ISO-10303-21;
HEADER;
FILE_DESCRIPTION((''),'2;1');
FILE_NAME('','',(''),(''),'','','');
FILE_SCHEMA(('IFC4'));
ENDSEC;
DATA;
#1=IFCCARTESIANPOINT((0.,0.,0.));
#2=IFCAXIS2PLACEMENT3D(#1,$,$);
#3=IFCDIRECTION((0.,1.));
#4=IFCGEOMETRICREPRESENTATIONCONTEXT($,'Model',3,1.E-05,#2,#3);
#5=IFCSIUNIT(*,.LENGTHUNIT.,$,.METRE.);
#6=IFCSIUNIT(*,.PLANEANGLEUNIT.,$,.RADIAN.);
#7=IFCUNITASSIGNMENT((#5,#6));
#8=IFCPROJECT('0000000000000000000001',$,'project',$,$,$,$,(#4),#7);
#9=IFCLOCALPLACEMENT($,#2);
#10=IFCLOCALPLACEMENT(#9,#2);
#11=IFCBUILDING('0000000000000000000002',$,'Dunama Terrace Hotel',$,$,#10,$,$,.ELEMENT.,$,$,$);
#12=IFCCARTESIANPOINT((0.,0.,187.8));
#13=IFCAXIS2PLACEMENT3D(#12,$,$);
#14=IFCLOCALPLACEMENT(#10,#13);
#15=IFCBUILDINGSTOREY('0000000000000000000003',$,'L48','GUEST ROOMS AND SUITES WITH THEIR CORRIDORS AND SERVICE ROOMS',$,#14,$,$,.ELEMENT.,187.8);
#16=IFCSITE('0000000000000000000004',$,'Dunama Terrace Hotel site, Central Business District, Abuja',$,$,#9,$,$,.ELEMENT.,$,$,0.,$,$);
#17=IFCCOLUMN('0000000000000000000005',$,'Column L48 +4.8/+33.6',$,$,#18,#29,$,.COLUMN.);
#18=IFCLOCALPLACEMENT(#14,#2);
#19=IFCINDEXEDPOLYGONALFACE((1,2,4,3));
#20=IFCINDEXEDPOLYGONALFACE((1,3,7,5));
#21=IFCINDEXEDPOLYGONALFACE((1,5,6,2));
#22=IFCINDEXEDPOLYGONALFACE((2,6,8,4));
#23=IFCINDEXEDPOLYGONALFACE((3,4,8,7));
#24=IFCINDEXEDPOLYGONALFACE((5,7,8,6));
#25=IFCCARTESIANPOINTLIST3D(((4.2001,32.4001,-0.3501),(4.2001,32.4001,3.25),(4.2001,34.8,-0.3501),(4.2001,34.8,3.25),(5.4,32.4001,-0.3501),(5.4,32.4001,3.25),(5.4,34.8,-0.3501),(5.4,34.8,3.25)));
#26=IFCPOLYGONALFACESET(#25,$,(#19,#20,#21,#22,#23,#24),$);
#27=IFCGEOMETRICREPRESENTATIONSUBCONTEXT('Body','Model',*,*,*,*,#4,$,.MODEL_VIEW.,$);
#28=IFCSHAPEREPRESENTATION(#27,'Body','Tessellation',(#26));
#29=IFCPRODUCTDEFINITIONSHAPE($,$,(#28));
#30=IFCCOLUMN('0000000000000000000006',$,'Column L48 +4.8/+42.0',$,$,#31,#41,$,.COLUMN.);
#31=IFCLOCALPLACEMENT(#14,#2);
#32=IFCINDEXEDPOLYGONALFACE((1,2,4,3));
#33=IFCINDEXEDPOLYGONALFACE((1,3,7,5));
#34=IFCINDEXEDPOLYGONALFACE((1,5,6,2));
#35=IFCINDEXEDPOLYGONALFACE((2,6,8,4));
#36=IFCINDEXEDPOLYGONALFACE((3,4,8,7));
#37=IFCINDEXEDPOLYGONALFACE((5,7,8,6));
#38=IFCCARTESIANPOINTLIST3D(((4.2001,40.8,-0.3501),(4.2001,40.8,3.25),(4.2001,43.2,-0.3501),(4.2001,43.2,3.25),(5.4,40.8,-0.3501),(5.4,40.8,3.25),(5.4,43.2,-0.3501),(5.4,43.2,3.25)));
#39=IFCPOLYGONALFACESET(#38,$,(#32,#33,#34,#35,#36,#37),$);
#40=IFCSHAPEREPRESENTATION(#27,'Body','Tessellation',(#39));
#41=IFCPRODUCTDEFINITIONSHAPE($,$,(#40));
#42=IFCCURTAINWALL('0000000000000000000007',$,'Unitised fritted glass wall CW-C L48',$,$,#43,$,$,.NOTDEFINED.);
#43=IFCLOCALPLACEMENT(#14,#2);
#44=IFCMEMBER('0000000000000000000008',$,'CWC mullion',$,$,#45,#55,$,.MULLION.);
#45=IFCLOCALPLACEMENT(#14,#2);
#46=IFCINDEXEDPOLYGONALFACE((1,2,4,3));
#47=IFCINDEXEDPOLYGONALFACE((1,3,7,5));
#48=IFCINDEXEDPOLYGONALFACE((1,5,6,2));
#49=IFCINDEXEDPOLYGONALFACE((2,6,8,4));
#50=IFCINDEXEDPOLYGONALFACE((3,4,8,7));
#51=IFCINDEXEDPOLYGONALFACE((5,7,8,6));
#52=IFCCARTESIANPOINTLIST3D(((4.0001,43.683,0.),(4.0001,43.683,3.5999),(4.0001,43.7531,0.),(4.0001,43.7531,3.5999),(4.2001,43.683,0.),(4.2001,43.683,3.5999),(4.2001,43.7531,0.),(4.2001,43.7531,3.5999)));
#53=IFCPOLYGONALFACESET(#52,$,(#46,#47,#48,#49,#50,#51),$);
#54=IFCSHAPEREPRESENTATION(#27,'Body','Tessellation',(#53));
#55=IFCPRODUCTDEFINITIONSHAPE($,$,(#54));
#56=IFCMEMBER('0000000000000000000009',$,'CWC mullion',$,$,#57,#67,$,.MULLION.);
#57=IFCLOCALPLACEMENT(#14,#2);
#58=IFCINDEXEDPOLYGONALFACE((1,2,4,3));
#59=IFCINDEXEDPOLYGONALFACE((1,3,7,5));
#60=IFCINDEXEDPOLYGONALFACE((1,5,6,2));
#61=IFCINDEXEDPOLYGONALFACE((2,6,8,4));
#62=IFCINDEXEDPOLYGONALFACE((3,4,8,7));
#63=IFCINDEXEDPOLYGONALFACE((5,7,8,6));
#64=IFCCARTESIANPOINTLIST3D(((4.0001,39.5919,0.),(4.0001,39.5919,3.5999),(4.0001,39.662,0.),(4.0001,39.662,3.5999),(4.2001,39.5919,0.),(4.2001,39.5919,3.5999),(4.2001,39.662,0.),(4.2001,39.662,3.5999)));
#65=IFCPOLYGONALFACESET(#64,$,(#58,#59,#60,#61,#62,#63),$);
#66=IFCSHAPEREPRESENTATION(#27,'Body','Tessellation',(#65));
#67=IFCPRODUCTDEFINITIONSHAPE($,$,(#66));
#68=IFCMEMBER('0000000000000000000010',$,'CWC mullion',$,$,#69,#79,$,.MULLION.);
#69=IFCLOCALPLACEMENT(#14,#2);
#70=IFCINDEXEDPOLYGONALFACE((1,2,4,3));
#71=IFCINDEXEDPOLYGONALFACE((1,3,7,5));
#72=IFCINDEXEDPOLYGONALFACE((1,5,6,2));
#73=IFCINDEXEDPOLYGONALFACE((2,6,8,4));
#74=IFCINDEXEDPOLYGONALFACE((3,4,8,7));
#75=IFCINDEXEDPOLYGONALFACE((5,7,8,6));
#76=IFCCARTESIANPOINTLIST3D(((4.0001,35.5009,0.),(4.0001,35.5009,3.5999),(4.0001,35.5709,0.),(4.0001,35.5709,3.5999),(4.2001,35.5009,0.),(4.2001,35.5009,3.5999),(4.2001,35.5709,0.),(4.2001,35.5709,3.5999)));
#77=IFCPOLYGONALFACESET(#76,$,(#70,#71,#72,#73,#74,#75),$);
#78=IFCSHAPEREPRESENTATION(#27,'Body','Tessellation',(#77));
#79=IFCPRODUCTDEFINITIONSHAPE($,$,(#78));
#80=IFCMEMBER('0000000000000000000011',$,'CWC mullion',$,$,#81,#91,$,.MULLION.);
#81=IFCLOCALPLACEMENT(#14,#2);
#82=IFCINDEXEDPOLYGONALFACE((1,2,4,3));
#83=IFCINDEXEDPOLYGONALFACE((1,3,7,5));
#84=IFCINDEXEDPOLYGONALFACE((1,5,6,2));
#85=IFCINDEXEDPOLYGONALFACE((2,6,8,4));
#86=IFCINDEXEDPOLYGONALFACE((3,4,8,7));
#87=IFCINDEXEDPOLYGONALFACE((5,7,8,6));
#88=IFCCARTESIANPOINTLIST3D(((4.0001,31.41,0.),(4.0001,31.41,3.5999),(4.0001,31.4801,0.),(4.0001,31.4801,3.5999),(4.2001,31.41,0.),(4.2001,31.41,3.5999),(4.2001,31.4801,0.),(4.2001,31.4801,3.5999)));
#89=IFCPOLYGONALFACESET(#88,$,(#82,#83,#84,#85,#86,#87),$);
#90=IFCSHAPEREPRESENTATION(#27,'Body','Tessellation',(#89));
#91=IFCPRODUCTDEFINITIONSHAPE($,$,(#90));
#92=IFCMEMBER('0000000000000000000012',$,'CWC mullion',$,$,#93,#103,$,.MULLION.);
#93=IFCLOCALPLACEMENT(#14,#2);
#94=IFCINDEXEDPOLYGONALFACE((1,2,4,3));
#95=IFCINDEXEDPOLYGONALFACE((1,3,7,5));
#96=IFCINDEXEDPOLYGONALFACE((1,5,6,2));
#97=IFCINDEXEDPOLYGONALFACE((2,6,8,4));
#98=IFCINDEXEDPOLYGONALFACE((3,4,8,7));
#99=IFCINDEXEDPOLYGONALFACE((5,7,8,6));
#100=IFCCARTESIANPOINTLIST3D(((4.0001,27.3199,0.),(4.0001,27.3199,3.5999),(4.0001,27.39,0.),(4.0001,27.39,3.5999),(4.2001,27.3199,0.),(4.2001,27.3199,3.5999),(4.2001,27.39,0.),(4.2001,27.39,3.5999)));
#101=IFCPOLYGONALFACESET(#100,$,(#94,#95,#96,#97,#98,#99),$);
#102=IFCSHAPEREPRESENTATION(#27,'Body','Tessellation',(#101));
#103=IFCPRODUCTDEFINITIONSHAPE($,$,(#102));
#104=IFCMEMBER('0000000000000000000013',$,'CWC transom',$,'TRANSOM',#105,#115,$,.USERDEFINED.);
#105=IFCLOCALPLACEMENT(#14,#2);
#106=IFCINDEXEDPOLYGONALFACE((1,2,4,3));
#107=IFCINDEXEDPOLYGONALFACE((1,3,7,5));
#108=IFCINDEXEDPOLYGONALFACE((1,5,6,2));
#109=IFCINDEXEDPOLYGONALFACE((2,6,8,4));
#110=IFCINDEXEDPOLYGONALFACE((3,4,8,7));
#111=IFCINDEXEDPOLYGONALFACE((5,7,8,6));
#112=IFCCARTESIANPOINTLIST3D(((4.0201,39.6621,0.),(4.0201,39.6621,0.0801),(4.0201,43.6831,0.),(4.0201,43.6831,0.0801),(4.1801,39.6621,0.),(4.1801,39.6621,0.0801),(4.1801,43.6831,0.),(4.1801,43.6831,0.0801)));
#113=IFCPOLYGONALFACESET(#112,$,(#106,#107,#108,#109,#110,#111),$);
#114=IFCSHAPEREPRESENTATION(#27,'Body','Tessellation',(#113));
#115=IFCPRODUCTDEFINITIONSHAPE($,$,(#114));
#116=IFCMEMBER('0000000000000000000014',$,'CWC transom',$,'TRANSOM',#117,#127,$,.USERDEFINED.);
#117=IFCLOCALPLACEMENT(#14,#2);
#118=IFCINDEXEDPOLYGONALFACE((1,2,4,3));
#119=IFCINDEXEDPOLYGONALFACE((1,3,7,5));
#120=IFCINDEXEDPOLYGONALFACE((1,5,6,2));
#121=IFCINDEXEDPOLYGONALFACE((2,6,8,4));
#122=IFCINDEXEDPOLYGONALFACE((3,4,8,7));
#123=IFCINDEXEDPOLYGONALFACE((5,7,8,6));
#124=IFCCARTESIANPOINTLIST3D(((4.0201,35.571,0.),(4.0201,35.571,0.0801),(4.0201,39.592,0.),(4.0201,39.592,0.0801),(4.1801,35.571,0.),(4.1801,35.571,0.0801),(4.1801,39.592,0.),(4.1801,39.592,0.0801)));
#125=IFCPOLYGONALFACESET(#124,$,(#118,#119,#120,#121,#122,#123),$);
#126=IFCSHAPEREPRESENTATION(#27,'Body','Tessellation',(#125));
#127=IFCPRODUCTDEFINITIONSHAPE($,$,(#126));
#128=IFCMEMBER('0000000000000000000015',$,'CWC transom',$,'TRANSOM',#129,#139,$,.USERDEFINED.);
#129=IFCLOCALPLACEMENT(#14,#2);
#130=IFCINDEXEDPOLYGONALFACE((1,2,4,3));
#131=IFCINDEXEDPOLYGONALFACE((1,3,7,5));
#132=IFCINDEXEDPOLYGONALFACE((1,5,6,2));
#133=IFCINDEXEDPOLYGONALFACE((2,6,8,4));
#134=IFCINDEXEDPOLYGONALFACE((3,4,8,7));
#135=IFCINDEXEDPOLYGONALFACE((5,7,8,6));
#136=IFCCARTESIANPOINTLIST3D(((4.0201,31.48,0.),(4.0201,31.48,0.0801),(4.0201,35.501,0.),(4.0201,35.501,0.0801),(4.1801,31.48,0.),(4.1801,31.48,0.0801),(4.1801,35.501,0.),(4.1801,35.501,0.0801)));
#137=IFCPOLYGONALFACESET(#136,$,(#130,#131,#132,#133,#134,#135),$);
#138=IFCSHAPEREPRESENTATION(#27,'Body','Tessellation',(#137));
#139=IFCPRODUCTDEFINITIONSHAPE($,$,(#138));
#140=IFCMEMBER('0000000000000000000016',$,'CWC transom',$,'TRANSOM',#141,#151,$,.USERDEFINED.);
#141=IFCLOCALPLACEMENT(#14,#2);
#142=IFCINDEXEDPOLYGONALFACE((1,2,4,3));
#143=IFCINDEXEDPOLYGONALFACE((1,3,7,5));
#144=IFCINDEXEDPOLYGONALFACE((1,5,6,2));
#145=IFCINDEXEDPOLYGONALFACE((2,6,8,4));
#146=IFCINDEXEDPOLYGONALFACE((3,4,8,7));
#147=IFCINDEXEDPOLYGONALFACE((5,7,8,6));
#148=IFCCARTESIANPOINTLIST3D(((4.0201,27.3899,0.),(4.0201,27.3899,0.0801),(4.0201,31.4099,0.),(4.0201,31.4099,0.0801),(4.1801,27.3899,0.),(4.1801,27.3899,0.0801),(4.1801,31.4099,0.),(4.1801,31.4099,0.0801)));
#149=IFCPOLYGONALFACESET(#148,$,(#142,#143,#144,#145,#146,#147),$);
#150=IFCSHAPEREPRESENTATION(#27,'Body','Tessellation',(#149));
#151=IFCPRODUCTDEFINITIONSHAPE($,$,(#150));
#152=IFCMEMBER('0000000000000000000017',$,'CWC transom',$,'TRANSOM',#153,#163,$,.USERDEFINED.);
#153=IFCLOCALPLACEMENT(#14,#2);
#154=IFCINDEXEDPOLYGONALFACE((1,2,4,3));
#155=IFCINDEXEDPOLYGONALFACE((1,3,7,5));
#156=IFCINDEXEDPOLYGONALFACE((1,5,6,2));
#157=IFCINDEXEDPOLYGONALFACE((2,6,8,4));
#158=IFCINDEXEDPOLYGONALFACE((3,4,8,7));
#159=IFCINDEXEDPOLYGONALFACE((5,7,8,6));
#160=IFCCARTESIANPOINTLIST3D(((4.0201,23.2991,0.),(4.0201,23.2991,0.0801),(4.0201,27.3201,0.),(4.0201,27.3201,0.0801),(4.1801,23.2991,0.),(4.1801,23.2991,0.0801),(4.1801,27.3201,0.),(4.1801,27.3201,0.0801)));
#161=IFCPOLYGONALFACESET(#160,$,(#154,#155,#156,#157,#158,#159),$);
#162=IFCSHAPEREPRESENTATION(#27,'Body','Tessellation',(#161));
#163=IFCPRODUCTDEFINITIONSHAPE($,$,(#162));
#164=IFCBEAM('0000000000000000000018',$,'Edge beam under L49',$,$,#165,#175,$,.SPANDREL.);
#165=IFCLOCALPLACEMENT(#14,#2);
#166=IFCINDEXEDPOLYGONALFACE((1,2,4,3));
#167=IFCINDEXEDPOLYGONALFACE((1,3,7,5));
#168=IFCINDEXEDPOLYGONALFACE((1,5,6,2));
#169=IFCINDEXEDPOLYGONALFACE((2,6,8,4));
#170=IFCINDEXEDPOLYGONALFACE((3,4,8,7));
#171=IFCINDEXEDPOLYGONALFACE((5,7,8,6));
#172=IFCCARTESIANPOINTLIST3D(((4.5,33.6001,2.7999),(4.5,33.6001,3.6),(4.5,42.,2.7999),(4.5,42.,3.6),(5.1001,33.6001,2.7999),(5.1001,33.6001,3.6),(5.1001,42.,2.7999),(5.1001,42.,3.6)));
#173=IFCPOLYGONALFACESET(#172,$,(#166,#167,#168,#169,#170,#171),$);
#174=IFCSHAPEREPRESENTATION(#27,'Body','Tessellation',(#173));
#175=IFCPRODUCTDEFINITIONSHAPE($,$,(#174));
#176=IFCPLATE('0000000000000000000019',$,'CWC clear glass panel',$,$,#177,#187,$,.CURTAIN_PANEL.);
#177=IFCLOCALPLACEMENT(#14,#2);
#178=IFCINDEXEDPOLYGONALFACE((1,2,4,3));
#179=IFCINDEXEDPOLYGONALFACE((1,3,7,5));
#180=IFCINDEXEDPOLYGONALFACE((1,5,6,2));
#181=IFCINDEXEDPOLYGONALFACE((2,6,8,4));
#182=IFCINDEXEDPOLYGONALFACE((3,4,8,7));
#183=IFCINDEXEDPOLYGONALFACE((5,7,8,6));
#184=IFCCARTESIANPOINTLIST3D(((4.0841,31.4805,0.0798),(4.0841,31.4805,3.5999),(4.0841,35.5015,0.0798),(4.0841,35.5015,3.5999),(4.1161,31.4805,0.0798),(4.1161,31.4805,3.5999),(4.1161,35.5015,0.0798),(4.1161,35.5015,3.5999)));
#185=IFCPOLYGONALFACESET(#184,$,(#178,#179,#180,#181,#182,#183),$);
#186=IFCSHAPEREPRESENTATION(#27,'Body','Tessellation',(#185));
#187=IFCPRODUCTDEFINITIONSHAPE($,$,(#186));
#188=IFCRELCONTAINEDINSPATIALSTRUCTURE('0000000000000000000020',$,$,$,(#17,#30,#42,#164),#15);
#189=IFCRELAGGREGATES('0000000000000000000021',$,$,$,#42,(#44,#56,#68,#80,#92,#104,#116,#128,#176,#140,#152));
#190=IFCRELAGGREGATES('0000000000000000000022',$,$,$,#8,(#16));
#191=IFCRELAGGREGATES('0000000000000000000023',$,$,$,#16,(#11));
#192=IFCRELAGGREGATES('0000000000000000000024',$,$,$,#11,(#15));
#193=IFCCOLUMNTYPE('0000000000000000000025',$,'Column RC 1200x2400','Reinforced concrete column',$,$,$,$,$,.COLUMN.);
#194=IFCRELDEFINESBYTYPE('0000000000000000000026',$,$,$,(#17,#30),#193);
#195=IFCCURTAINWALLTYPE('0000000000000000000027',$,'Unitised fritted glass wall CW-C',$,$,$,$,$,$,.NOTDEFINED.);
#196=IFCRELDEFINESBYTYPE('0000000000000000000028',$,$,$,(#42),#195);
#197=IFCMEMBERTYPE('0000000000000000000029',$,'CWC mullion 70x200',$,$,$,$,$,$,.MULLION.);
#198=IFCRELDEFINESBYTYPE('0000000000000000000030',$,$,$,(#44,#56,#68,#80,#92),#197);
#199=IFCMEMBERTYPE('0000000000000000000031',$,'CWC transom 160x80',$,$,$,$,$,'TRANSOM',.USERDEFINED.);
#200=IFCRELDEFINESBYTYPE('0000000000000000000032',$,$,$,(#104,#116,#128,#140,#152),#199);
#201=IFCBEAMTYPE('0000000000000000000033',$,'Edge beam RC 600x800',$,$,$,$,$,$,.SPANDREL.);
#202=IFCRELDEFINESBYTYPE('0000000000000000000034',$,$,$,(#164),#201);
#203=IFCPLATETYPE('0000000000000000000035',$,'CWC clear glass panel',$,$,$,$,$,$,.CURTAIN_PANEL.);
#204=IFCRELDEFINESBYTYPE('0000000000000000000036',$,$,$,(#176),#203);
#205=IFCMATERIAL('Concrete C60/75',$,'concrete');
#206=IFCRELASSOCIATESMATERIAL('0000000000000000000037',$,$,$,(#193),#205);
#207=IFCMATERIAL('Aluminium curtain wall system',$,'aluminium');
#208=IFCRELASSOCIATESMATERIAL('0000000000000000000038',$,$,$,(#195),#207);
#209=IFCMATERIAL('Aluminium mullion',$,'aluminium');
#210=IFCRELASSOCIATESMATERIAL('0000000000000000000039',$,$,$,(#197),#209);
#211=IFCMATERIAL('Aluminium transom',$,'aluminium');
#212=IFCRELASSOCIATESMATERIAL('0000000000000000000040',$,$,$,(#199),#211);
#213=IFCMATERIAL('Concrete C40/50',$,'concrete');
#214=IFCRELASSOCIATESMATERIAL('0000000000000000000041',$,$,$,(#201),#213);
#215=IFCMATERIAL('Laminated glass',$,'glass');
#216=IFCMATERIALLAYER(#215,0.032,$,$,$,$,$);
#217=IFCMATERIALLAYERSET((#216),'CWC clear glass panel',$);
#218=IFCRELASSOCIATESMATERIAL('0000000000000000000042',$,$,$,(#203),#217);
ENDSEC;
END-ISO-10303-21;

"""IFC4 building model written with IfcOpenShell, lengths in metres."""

from ifc_helpers import new_model, si_unit, direction, frame, origin, origin_2d, place, context, subcontext, project, spatial, rectangle, extrude, material, layer, layer_set, material_profile, profile_set, type_object, element, aggregate, save


model = new_model("IFC4")

# Units and contexts
model_context = context("Model", 3, precision=1e-05, world=origin(), true_north=direction((0.0, 1.0)))
body_context = subcontext(model_context, "Body", "Model", "MODEL_VIEW")
ifc_project = project(units=[si_unit("LENGTHUNIT", "METRE"), si_unit("PLANEANGLEUNIT", "RADIAN")], contexts=[model_context])

# Site, building, storey
site_placement = place(None, origin())
site = spatial("IfcSite", under=ifc_project, at=site_placement, Name="Dunama Terrace Hotel site, Central Business District, Abuja", CompositionType="ELEMENT", RefElevation=0.0)
building_placement = place(site_placement, origin())
building = spatial("IfcBuilding", under=site, at=building_placement, Name="Dunama Terrace Hotel", CompositionType="ELEMENT")
storey_placement = place(building_placement, frame((0.0, 0.0, 187.8)))
storey = spatial("IfcBuildingStorey", under=building, at=storey_placement, Name="L48", Description="GUEST ROOMS AND SUITES WITH THEIR CORRIDORS AND SERVICE ROOMS", CompositionType="ELEMENT", Elevation=187.8)

# Columns
ifc_material_1 = material(Name="Concrete C60/75", Category="concrete")
ifc_material_profile_1 = material_profile(ifc_material_1, rectangle(XDim=1.2, YDim=2.3999, at=origin_2d()), Name="RC 1200x2400")
ifc_profile_set_1 = profile_set([ifc_material_profile_1], Name="Concrete C60/75")
column_type = type_object("IfcColumnType", Name="Column RC 1200x2400", Description="Reinforced concrete column", PredefinedType="COLUMN", material=ifc_profile_set_1)
for number, where, z_axis, x_axis, name in (
    (1, (4.8, 33.6001, -0.3501), (0.0, 0.0, 1.0), (1.0, 0.0, 0.0), "Column L48 +4.8/+33.6"),
    (2, (4.8, 42.0, -0.3501), (0.0, 0.0, 1.0), (1.0, 0.0, 0.0), "Column L48 +4.8/+42.0"),
):
    element("IfcColumn", number, at=place(storey_placement, frame(where, z_axis=z_axis, x_axis=x_axis)), inside=storey, type_object=column_type, Name=name, PredefinedType="COLUMN", context=body_context, shape_type="SweptSolid", body=[
        extrude(rectangle(XDim=1.2, YDim=2.3999, at=origin_2d()), origin(), (0.0, 0.0, 1.0), 3.6001),
    ])

# Curtain wall, members
ifc_material_2 = material(Name="Aluminium curtain wall system", Category="aluminium")
curtain_wall_type = type_object("IfcCurtainWallType", Name="Unitised fritted glass wall CW-C", PredefinedType="NOTDEFINED", material=ifc_material_2)
curtain_wall_placement = place(storey_placement, origin())
curtain_wall = element("IfcCurtainWall", 3, at=curtain_wall_placement, inside=storey, type_object=curtain_wall_type, Name="Unitised fritted glass wall CW-C L48", PredefinedType="NOTDEFINED")
ifc_material_3 = material(Name="Aluminium mullion", Category="aluminium")
ifc_material_profile_2 = material_profile(ifc_material_3, rectangle(XDim=0.0701, YDim=0.2, at=origin_2d()), Name="CWC MULLION 70X200")
ifc_profile_set_2 = profile_set([ifc_material_profile_2], Name="Aluminium mullion")
member_type_1 = type_object("IfcMemberType", Name="CWC mullion 70x200", PredefinedType="MULLION", material=ifc_profile_set_2)
member_1_placement = place(storey_placement, frame((4.1001, 43.718, 0.0), z_axis=(0.0, 0.0, 1.0), x_axis=(0.0, -1.0, 0.0)))
member_1 = element("IfcMember", 4, at=member_1_placement, type_object=member_type_1, Name="CWC mullion", PredefinedType="MULLION", context=body_context, shape_type="SweptSolid", body=[
    extrude(rectangle(XDim=0.0701, YDim=0.2, at=origin_2d()), origin(), (0.0, 0.0, 1.0), 3.5999),
])
member_2_placement = place(storey_placement, frame((4.1001, 39.627, 0.0), z_axis=(0.0, 0.0, 1.0), x_axis=(0.0, -1.0, 0.0)))
member_2 = element("IfcMember", 5, at=member_2_placement, type_object=member_type_1, Name="CWC mullion", PredefinedType="MULLION", context=body_context, shape_type="SweptSolid", body=[
    extrude(rectangle(XDim=0.0701, YDim=0.2, at=origin_2d()), origin(), (0.0, 0.0, 1.0), 3.5999),
])
member_3_placement = place(storey_placement, frame((4.1001, 35.5359, 0.0), z_axis=(0.0, 0.0, 1.0), x_axis=(0.0, -1.0, 0.0)))
member_3 = element("IfcMember", 6, at=member_3_placement, type_object=member_type_1, Name="CWC mullion", PredefinedType="MULLION", context=body_context, shape_type="SweptSolid", body=[
    extrude(rectangle(XDim=0.0701, YDim=0.2, at=origin_2d()), origin(), (0.0, 0.0, 1.0), 3.5999),
])
member_4_placement = place(storey_placement, frame((4.1001, 31.4451, 0.0), z_axis=(0.0, 0.0, 1.0), x_axis=(0.0, -1.0, 0.0)))
member_4 = element("IfcMember", 7, at=member_4_placement, type_object=member_type_1, Name="CWC mullion", PredefinedType="MULLION", context=body_context, shape_type="SweptSolid", body=[
    extrude(rectangle(XDim=0.0701, YDim=0.2, at=origin_2d()), origin(), (0.0, 0.0, 1.0), 3.5999),
])
member_5_placement = place(storey_placement, frame((4.1001, 27.355, 0.0), z_axis=(0.0, 0.0, 1.0), x_axis=(0.0, -1.0, 0.0)))
member_5 = element("IfcMember", 8, at=member_5_placement, type_object=member_type_1, Name="CWC mullion", PredefinedType="MULLION", context=body_context, shape_type="SweptSolid", body=[
    extrude(rectangle(XDim=0.0701, YDim=0.2, at=origin_2d()), origin(), (0.0, 0.0, 1.0), 3.5999),
])
ifc_material_4 = material(Name="Aluminium transom", Category="aluminium")
ifc_material_profile_3 = material_profile(ifc_material_4, rectangle(XDim=0.1599, YDim=0.0801, at=origin_2d()), Name="CWC TRANSOM 160X80")
ifc_profile_set_3 = profile_set([ifc_material_profile_3], Name="Aluminium transom")
member_type_2 = type_object("IfcMemberType", Name="CWC transom 160x80", ElementType="TRANSOM", PredefinedType="USERDEFINED", material=ifc_profile_set_3)
member_6_placement = place(storey_placement, frame((4.1001, 43.6831, 0.04), z_axis=(0.0, -1.0, 0.0), x_axis=(1.0, 0.0, 0.0)))
member_6 = element("IfcMember", 9, at=member_6_placement, type_object=member_type_2, Name="CWC transom", ObjectType="TRANSOM", PredefinedType="USERDEFINED", context=body_context, shape_type="SweptSolid", body=[
    extrude(rectangle(XDim=0.1599, YDim=0.0801, at=origin_2d()), origin(), (0.0, 0.0, 1.0), 4.021),
])
member_7_placement = place(storey_placement, frame((4.1001, 39.592, 0.04), z_axis=(0.0, -1.0, 0.0), x_axis=(1.0, 0.0, 0.0)))
member_7 = element("IfcMember", 10, at=member_7_placement, type_object=member_type_2, Name="CWC transom", ObjectType="TRANSOM", PredefinedType="USERDEFINED", context=body_context, shape_type="SweptSolid", body=[
    extrude(rectangle(XDim=0.1599, YDim=0.0801, at=origin_2d()), origin(), (0.0, 0.0, 1.0), 4.021),
])
member_8_placement = place(storey_placement, frame((4.1001, 35.501, 0.04), z_axis=(0.0, -1.0, 0.0), x_axis=(1.0, 0.0, 0.0)))
member_8 = element("IfcMember", 11, at=member_8_placement, type_object=member_type_2, Name="CWC transom", ObjectType="TRANSOM", PredefinedType="USERDEFINED", context=body_context, shape_type="SweptSolid", body=[
    extrude(rectangle(XDim=0.1599, YDim=0.0801, at=origin_2d()), origin(), (0.0, 0.0, 1.0), 4.021),
])
member_9_placement = place(storey_placement, frame((4.1001, 31.4099, 0.04), z_axis=(0.0, -1.0, 0.0), x_axis=(1.0, 0.0, 0.0)))
member_9 = element("IfcMember", 12, at=member_9_placement, type_object=member_type_2, Name="CWC transom", ObjectType="TRANSOM", PredefinedType="USERDEFINED", context=body_context, shape_type="SweptSolid", body=[
    extrude(rectangle(XDim=0.1599, YDim=0.0801, at=origin_2d()), origin(), (0.0, 0.0, 1.0), 4.02),
])
member_10_placement = place(storey_placement, frame((4.1001, 27.3201, 0.04), z_axis=(0.0, -1.0, 0.0), x_axis=(1.0, 0.0, 0.0)))
member_10 = element("IfcMember", 13, at=member_10_placement, type_object=member_type_2, Name="CWC transom", ObjectType="TRANSOM", PredefinedType="USERDEFINED", context=body_context, shape_type="SweptSolid", body=[
    extrude(rectangle(XDim=0.1599, YDim=0.0801, at=origin_2d()), origin(), (0.0, 0.0, 1.0), 4.021),
])

# Beam
ifc_material_5 = material(Name="Concrete C40/50", Category="concrete")
ifc_material_profile_4 = material_profile(ifc_material_5, rectangle(XDim=0.6001, YDim=0.8, at=origin_2d()), Name="RC 600x800")
ifc_profile_set_4 = profile_set([ifc_material_profile_4], Name="Concrete C40/50")
beam_type = type_object("IfcBeamType", Name="Edge beam RC 600x800", PredefinedType="SPANDREL", material=ifc_profile_set_4)
beam_placement = place(storey_placement, frame((4.8, 33.6001, 3.2), z_axis=(0.0, 1.0, 0.0), x_axis=(-1.0, 0.0, 0.0)))
element("IfcBeam", 14, at=beam_placement, inside=storey, type_object=beam_type, Name="Edge beam under L49", PredefinedType="SPANDREL", context=body_context, shape_type="SweptSolid", body=[
    extrude(rectangle(XDim=0.6001, YDim=0.8, at=origin_2d()), origin(), (0.0, 0.0, 1.0), 8.3999),
])

# Plate
ifc_material_6 = material(Name="Laminated glass", Category="glass")
ifc_layer_1 = layer(ifc_material_6, 0.032)
ifc_layer_set_1 = layer_set([ifc_layer_1], Name="CWC clear glass panel")
plate_type_1 = type_object("IfcPlateType", Name="CWC clear glass panel", PredefinedType="CURTAIN_PANEL", material=ifc_layer_set_1)
plate_1_placement = place(storey_placement, frame((4.1001, 33.491, 0.0798), z_axis=(0.0, 0.0, 1.0), x_axis=(0.0, -1.0, 0.0)))
plate_1 = element("IfcPlate", 15, at=plate_1_placement, type_object=plate_type_1, Name="CWC clear glass panel", PredefinedType="CURTAIN_PANEL", context=body_context, shape_type="SweptSolid", body=[
    extrude(rectangle(XDim=4.021, YDim=0.032, at=origin_2d()), origin(), (0.0, 0.0, 1.0), 3.52),
])
aggregate(curtain_wall, [member_1, member_2, member_3, member_4, member_5, member_6, member_7, member_8, plate_1, member_9, member_10])

save(model, "model.ifc")
